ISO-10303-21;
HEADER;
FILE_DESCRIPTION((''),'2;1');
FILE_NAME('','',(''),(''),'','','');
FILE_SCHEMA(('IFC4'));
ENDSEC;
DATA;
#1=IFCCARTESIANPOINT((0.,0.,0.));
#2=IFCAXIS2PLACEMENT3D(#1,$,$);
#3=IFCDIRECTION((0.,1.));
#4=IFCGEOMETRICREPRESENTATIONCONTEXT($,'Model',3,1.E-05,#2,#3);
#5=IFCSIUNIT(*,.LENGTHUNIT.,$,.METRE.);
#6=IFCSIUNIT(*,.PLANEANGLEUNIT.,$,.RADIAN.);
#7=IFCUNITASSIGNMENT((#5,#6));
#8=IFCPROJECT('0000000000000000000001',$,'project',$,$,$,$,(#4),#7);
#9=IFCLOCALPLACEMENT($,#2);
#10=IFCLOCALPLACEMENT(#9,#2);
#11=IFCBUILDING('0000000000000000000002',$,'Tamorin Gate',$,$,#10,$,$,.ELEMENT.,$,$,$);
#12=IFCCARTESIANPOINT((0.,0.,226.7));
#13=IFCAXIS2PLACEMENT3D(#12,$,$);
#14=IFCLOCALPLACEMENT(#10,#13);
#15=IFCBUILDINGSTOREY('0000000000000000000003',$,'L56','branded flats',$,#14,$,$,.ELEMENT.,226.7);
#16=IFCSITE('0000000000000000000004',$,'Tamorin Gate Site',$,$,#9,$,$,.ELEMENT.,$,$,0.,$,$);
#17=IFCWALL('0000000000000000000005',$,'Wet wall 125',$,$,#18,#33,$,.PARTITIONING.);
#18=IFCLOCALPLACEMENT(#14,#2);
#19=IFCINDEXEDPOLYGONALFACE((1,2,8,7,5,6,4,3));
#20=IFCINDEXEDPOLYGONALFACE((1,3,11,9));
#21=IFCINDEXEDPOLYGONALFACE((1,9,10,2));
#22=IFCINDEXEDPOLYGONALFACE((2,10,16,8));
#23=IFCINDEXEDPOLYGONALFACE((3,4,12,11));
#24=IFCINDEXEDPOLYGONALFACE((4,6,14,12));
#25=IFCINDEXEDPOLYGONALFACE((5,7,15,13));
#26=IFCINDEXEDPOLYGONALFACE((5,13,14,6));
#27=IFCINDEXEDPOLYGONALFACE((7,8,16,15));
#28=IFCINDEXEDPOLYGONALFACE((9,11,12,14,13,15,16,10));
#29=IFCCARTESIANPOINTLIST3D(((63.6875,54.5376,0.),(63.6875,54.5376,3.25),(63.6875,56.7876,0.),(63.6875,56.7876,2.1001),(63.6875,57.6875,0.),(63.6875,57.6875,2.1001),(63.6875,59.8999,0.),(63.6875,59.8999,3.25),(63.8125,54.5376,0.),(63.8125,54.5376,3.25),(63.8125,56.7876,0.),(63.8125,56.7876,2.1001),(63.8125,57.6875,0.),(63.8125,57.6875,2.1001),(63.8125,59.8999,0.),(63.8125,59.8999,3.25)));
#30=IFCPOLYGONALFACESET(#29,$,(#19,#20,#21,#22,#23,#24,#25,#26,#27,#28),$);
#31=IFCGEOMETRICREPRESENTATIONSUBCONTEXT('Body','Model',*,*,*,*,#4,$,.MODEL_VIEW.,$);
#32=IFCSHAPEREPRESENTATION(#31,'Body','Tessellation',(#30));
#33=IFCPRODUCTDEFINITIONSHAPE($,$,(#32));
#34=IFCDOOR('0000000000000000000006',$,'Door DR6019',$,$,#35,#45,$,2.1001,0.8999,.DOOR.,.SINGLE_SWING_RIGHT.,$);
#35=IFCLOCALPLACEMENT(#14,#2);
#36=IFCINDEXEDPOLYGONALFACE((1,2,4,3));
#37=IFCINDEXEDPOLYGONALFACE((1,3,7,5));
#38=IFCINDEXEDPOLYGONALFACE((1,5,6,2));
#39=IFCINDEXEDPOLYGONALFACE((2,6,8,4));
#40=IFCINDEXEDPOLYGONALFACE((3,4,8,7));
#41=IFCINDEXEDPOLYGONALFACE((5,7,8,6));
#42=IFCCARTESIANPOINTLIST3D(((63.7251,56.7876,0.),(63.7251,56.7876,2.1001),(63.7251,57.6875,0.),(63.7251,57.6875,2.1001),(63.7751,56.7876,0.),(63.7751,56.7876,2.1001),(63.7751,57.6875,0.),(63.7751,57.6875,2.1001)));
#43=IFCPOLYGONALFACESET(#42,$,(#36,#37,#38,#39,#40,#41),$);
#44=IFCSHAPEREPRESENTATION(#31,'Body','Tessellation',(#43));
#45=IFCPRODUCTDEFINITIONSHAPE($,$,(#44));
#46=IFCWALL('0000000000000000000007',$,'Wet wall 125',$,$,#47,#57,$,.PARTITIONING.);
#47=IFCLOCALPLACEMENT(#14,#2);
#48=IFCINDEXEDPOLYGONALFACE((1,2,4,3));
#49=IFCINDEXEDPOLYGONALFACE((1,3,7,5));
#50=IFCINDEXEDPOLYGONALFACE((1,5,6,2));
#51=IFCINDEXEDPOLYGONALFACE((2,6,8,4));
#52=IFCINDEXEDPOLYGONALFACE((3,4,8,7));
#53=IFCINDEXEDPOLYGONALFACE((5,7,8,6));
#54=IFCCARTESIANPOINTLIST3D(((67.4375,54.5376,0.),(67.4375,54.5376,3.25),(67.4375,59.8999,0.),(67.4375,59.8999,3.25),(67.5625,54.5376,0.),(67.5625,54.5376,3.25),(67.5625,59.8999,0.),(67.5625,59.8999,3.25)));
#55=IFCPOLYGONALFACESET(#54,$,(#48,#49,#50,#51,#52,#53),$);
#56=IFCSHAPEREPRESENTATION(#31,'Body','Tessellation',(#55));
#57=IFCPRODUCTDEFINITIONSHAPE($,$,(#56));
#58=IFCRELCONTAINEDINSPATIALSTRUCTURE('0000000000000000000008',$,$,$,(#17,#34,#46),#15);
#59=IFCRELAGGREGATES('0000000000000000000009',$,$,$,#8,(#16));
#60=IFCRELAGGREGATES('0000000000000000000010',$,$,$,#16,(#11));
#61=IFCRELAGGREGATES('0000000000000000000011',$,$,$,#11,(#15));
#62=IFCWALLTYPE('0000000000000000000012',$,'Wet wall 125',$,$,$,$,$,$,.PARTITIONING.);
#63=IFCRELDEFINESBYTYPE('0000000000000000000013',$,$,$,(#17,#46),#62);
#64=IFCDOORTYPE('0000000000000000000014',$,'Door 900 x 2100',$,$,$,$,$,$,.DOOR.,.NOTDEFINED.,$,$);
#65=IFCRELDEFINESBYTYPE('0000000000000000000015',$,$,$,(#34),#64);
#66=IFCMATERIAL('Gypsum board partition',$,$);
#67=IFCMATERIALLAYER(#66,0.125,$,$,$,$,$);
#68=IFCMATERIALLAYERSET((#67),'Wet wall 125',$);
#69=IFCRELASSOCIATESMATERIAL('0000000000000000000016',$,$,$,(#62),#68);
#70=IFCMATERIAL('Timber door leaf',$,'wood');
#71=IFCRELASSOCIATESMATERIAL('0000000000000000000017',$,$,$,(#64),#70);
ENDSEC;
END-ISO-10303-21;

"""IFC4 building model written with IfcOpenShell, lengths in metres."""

from ifc_helpers import new_model, si_unit, direction, frame, frame_2d, origin, place, context, subcontext, project, spatial, rectangle, extrude, material, layer, layer_set, type_object, element, fill, save


model = new_model("IFC4")

# Units and contexts
model_context = context("Model", 3, precision=1e-05, world=origin(), true_north=direction((0.0, 1.0)))
body_context = subcontext(model_context, "Body", "Model", "MODEL_VIEW")
ifc_project = project(units=[si_unit("LENGTHUNIT", "METRE"), si_unit("PLANEANGLEUNIT", "RADIAN")], contexts=[model_context])

# Site, building, storey
site_placement = place(None, origin())
site = spatial("IfcSite", under=ifc_project, at=site_placement, Name="Tamorin Gate Site", CompositionType="ELEMENT", RefElevation=0.0)
building_placement = place(site_placement, origin())
building = spatial("IfcBuilding", under=site, at=building_placement, Name="Tamorin Gate", CompositionType="ELEMENT")
storey_placement = place(building_placement, frame((0.0, 0.0, 226.7)))
storey = spatial("IfcBuildingStorey", under=building, at=storey_placement, Name="L56", Description="branded flats", CompositionType="ELEMENT", Elevation=226.7)

# Shared definitions
ifc_material_1 = material(Name="Gypsum board partition")
ifc_material_2 = material(Name="Timber door leaf", Category="wood")

# Shared definitions
ifc_layer_1 = layer(ifc_material_1, 0.125)
ifc_layer_set_1 = layer_set([ifc_layer_1], Name="Wet wall 125")
wall_type_1 = type_object("IfcWallType", Name="Wet wall 125", PredefinedType="PARTITIONING", material=ifc_layer_set_1)

# Wall, opening, door
wall_1_placement = place(storey_placement, frame((63.75, 54.5376, 0.0), z_axis=(0.0, 0.0, 1.0), x_axis=(0.0, 1.0, 0.0)))
wall_1 = element("IfcWall", 1, at=wall_1_placement, inside=storey, type_object=wall_type_1, Name="Wet wall 125", PredefinedType="PARTITIONING", context=body_context, shape_type="SweptSolid", body=[
    extrude(rectangle(XDim=5.3623, YDim=0.125, at=frame_2d((2.6812, 0.0))), origin(), (0.0, 0.0, 1.0), 3.25),
])
opening_1_placement = place(wall_1_placement, frame((2.25, 0.0, 0.0)))
opening_1 = element("IfcOpeningElement", 2, at=opening_1_placement, cuts=wall_1, PredefinedType="OPENING", context=body_context, shape_type="SweptSolid", body=[
    extrude(rectangle(XDim=0.8999, YDim=2.1001, at=frame_2d((0.45, 1.05))), frame((0.0, 0.0725, 0.0), z_axis=(0.0, -1.0, 0.0), x_axis=(1.0, 0.0, 0.0)), (0.0, 0.0, 1.0), 0.145),
])
door_type_1 = type_object("IfcDoorType", Name="Door 900 x 2100", OperationType="NOTDEFINED", PredefinedType="DOOR", material=ifc_material_2)
door_1_placement = place(opening_1_placement, origin())
door_1 = element("IfcDoor", 3, at=door_1_placement, inside=storey, type_object=door_type_1, Name="Door DR6019", OperationType="SINGLE_SWING_RIGHT", OverallHeight=2.1001, OverallWidth=0.8999, PredefinedType="DOOR", context=body_context, shape_type="SweptSolid", body=[
    extrude(rectangle(XDim=0.8999, YDim=2.1001, at=frame_2d((0.45, 1.05))), frame((0.0, 0.0249, 0.0), z_axis=(0.0, -1.0, 0.0), x_axis=(1.0, 0.0, 0.0)), (0.0, 0.0, 1.0), 0.05),
])
fill(opening_1, door_1)

# Wall
wall_2_placement = place(storey_placement, frame((67.5, 54.5376, 0.0), z_axis=(0.0, 0.0, 1.0), x_axis=(0.0, 1.0, 0.0)))
element("IfcWall", 4, at=wall_2_placement, inside=storey, type_object=wall_type_1, Name="Wet wall 125", PredefinedType="PARTITIONING", context=body_context, shape_type="SweptSolid", body=[
    extrude(rectangle(XDim=5.3623, YDim=0.125, at=frame_2d((2.6812, 0.0))), origin(), (0.0, 0.0, 1.0), 3.25),
])

save(model, "model.ifc")
